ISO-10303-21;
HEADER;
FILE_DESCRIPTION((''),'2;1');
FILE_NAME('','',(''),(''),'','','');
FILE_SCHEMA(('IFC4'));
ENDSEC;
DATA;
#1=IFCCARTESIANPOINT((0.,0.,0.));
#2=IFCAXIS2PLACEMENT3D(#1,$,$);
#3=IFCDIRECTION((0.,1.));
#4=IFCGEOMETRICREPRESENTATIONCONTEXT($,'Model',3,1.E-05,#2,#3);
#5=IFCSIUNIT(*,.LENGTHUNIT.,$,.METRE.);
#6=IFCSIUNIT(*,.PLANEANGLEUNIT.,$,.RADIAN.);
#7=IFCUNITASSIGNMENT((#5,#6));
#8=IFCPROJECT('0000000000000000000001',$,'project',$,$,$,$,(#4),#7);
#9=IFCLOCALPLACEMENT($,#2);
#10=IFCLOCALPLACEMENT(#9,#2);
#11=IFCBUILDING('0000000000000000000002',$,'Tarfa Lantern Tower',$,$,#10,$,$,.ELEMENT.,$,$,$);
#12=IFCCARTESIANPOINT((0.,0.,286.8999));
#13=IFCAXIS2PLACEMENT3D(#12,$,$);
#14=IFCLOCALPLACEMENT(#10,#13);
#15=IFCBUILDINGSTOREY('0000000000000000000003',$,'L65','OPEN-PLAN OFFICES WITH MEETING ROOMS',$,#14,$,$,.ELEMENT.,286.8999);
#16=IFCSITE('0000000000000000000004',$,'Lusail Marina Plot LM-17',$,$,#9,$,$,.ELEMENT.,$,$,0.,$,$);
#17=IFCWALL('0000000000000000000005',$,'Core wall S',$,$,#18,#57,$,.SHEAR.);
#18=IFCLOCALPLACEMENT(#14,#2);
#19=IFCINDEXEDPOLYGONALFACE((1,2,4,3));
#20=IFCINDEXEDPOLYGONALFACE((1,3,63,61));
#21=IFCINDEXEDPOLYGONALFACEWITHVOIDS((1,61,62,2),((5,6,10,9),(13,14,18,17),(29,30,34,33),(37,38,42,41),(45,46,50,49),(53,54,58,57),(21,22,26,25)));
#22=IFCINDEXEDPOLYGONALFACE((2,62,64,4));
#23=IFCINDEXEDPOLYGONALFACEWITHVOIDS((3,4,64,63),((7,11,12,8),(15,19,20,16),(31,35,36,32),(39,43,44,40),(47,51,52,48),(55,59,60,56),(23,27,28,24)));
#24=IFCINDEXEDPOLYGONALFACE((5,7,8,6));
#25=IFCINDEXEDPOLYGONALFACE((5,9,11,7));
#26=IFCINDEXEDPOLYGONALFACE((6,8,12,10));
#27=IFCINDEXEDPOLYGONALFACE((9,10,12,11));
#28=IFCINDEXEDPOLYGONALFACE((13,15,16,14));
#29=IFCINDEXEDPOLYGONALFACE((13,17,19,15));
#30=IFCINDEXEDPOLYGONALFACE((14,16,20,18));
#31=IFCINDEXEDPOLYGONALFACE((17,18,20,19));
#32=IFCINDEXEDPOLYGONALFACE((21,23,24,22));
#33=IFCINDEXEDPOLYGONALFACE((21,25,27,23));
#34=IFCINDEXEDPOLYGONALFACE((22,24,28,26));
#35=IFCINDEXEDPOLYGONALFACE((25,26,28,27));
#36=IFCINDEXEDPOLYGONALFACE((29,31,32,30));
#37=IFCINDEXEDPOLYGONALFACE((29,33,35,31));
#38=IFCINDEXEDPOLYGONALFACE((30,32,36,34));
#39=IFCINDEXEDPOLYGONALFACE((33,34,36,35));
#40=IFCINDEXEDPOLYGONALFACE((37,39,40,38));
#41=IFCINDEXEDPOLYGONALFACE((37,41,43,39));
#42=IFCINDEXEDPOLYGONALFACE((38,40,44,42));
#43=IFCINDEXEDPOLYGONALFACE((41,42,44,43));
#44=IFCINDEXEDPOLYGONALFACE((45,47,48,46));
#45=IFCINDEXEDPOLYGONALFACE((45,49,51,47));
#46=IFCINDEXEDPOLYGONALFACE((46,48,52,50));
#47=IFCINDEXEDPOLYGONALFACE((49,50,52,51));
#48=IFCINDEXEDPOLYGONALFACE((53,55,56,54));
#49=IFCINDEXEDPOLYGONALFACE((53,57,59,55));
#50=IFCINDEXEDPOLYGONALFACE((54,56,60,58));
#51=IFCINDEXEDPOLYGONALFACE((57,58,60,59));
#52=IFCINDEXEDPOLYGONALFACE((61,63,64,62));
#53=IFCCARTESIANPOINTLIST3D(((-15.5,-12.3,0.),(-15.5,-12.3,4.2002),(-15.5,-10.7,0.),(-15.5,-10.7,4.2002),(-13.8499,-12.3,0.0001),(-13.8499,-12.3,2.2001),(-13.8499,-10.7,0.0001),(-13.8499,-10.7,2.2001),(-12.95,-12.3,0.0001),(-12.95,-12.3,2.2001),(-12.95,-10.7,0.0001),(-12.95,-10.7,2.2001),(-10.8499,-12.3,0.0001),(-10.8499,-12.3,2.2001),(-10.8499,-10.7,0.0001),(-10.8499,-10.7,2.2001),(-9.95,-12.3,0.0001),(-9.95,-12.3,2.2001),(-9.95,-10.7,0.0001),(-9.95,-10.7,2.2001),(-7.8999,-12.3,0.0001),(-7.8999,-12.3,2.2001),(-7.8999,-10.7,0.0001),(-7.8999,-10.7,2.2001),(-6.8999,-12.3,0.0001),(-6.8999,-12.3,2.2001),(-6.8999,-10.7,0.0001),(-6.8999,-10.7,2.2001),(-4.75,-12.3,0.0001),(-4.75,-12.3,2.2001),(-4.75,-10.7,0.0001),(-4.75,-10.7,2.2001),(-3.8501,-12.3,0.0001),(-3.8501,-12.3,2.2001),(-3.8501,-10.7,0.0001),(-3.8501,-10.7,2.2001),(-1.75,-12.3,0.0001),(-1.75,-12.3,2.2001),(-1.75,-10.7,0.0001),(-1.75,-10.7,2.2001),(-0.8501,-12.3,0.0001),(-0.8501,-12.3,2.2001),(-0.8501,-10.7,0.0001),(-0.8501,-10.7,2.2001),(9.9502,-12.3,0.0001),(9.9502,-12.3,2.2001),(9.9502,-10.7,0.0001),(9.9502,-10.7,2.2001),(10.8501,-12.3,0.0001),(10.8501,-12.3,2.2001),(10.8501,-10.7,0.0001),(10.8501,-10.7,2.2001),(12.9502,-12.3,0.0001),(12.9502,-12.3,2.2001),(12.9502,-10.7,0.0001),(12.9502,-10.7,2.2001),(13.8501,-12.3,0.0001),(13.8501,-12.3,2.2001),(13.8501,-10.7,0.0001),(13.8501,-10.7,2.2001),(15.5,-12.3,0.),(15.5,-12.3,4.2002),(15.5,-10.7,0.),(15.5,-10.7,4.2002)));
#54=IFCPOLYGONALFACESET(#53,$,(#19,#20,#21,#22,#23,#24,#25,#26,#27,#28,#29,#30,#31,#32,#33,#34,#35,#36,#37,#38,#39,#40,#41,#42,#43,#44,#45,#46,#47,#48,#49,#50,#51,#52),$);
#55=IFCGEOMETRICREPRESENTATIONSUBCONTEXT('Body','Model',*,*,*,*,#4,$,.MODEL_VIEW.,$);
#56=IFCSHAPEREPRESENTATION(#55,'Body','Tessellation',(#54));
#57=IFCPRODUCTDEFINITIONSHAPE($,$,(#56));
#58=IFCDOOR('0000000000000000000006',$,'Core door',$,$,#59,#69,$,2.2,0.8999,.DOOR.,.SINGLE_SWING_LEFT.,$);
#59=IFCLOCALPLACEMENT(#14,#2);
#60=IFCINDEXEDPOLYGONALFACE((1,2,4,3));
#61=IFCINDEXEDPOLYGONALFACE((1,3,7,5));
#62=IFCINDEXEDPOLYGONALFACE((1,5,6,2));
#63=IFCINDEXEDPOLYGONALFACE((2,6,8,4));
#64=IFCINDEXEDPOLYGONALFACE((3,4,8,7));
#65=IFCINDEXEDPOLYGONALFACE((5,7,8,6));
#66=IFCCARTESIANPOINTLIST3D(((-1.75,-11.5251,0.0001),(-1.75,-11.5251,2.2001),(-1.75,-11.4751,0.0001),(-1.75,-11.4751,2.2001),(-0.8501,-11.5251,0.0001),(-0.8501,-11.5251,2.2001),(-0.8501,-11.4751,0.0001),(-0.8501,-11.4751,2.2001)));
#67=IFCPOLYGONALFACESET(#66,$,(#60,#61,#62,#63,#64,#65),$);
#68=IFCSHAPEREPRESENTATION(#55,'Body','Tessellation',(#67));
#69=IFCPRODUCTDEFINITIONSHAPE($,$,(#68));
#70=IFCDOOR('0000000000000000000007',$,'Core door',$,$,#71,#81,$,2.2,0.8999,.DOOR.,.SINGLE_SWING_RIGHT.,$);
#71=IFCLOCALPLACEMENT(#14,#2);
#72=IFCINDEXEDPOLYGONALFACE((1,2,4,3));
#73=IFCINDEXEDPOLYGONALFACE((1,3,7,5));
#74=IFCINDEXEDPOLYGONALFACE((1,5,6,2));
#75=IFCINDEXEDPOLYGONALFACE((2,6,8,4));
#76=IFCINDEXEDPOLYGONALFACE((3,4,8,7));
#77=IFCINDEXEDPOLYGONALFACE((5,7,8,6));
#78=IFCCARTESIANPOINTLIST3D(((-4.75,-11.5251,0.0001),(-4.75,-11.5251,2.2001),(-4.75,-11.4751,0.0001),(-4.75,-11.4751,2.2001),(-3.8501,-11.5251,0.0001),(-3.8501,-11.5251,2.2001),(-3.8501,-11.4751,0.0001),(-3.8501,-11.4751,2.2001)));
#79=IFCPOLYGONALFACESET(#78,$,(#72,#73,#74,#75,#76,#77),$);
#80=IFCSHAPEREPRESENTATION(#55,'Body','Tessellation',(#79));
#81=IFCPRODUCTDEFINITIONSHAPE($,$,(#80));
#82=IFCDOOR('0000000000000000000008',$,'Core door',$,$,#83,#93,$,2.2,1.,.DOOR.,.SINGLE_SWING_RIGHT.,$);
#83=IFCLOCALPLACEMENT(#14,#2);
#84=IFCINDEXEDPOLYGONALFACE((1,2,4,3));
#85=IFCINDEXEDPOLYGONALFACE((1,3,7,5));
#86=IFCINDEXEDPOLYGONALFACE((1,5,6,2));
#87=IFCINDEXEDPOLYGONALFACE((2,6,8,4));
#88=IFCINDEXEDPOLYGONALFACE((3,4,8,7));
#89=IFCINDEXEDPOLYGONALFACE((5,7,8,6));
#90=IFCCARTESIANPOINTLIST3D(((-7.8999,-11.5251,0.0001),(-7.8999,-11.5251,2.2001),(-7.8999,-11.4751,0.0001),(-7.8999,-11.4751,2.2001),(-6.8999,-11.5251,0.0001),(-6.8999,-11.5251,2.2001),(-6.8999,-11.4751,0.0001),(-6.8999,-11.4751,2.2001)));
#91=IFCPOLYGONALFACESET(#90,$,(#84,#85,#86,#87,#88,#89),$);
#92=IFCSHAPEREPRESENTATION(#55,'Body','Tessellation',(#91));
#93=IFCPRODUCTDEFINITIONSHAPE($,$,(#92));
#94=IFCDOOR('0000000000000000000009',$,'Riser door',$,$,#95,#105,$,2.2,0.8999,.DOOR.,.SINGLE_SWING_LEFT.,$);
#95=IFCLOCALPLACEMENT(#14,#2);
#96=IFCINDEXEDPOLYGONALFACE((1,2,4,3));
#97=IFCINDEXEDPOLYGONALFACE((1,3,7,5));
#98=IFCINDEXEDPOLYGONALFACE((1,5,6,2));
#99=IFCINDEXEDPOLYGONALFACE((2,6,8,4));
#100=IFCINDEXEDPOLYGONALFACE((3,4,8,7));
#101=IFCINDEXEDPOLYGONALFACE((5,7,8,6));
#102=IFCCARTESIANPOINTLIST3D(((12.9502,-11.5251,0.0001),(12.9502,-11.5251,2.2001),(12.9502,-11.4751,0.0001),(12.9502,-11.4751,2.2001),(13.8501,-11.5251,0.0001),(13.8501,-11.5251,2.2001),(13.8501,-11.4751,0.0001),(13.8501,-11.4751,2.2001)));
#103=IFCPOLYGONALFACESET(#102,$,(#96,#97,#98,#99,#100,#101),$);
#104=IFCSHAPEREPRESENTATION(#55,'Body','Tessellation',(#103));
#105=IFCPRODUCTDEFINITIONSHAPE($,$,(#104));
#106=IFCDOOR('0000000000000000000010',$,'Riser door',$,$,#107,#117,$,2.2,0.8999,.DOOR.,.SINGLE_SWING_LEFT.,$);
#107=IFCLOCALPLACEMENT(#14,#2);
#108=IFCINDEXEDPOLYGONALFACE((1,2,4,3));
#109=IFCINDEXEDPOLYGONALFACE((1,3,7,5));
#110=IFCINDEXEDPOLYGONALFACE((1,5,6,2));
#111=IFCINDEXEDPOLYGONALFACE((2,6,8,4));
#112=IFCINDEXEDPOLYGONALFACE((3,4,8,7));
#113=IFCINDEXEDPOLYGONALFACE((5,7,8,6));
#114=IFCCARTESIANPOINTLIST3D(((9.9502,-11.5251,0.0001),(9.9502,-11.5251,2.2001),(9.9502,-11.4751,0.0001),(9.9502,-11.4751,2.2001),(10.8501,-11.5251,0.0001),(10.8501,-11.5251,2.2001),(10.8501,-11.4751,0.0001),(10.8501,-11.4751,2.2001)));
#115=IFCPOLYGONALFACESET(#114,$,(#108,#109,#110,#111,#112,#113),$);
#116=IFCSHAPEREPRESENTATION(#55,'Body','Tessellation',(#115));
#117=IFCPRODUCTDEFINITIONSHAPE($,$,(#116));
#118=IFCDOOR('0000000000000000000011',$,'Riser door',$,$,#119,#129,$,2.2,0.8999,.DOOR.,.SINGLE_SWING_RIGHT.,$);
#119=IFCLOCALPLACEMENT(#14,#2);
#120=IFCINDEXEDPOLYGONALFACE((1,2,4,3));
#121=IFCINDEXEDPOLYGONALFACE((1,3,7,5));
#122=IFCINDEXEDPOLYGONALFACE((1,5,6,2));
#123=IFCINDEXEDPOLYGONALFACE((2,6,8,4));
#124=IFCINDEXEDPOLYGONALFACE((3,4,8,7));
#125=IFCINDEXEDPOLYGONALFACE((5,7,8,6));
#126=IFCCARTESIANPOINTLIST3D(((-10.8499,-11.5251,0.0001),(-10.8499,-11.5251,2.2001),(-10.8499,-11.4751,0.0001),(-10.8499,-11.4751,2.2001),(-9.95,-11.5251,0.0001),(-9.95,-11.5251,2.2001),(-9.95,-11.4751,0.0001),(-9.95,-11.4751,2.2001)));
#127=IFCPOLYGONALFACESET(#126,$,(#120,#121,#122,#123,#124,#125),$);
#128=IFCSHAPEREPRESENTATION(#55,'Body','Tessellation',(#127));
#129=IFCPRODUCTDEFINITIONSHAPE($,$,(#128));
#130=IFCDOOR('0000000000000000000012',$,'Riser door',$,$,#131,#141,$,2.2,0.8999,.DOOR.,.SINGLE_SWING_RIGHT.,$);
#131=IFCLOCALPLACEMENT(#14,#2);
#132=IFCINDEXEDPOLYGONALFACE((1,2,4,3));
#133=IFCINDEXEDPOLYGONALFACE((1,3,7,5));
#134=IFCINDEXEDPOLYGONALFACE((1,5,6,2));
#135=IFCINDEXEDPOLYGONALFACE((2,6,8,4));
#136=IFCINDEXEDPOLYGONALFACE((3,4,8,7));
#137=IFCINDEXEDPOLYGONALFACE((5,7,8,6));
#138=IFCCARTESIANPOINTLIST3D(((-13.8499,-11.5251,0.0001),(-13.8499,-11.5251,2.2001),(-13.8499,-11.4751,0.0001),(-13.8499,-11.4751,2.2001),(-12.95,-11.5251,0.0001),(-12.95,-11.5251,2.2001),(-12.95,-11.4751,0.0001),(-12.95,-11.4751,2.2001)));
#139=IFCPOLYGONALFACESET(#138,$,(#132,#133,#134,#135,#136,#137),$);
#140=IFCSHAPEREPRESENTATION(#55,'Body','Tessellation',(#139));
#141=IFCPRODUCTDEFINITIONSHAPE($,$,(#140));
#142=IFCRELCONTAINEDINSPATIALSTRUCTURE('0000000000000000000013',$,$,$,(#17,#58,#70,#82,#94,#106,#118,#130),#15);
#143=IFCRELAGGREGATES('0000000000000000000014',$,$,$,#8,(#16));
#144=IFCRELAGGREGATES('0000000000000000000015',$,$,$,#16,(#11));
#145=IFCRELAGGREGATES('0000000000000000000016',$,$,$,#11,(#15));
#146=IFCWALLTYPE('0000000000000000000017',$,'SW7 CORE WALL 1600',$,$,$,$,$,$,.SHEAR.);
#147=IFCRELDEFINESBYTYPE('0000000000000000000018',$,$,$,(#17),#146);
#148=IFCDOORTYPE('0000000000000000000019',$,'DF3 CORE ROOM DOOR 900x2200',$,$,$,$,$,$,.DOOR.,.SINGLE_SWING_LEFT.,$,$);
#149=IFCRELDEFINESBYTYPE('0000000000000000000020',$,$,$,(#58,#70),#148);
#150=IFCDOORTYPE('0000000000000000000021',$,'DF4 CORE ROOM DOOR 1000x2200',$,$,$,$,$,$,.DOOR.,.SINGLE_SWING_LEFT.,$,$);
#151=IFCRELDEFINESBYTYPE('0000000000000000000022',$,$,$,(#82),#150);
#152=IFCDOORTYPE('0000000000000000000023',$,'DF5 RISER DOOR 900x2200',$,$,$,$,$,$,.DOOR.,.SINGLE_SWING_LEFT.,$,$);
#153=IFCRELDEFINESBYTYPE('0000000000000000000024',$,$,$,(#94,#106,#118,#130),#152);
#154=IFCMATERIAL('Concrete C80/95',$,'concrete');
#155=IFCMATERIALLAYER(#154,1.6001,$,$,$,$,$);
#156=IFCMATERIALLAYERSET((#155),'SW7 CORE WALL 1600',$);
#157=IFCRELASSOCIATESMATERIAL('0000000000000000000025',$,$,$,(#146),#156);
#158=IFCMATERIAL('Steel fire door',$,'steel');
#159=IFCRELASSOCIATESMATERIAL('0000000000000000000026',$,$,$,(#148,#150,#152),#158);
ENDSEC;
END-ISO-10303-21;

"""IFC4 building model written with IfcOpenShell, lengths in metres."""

from ifc_helpers import new_model, si_unit, direction, frame, frame_2d, origin, place, context, subcontext, project, spatial, rectangle, extrude, material, layer, layer_set, type_object, element, fill, save


model = new_model("IFC4")

# Units and contexts
model_context = context("Model", 3, precision=1e-05, world=origin(), true_north=direction((0.0, 1.0)))
body_context = subcontext(model_context, "Body", "Model", "MODEL_VIEW")
ifc_project = project(units=[si_unit("LENGTHUNIT", "METRE"), si_unit("PLANEANGLEUNIT", "RADIAN")], contexts=[model_context])

# Site, building, storey
site_placement = place(None, origin())
site = spatial("IfcSite", under=ifc_project, at=site_placement, Name="Lusail Marina Plot LM-17", CompositionType="ELEMENT", RefElevation=0.0)
building_placement = place(site_placement, origin())
building = spatial("IfcBuilding", under=site, at=building_placement, Name="Tarfa Lantern Tower", CompositionType="ELEMENT")
storey_placement = place(building_placement, frame((0.0, 0.0, 286.8999)))
storey = spatial("IfcBuildingStorey", under=building, at=storey_placement, Name="L65", Description="OPEN-PLAN OFFICES WITH MEETING ROOMS", CompositionType="ELEMENT", Elevation=286.8999)

# Shared definitions
ifc_material_1 = material(Name="Concrete C80/95", Category="concrete")

# Wall, openings, doors
ifc_layer_1 = layer(ifc_material_1, 1.6001)
ifc_layer_set_1 = layer_set([ifc_layer_1], Name="SW7 CORE WALL 1600")
wall_type_1 = type_object("IfcWallType", Name="SW7 CORE WALL 1600", PredefinedType="SHEAR", material=ifc_layer_set_1)
wall_1_placement = place(storey_placement, frame((15.5, -11.5, 0.0), z_axis=(0.0, 0.0, 1.0), x_axis=(-1.0, 0.0, 0.0)))
wall_1 = element("IfcWall", 1, at=wall_1_placement, inside=storey, type_object=wall_type_1, Name="Core wall S", PredefinedType="SHEAR", context=body_context, shape_type="SweptSolid", body=[
    extrude(rectangle(XDim=31.0, YDim=1.6001, at=frame_2d((15.5, 0.0))), origin(), (0.0, 0.0, 1.0), 4.2002),
])
opening_1_placement = place(wall_1_placement, frame((16.3501, 0.0, 0.0)))
opening_1 = element("IfcOpeningElement", 2, at=opening_1_placement, cuts=wall_1, PredefinedType="OPENING", context=body_context, shape_type="SweptSolid", body=[
    extrude(rectangle(XDim=0.8999, YDim=2.2, at=frame_2d((0.45, 1.1001))), frame((0.0, 0.8101, 0.0), z_axis=(0.0, -1.0, 0.0), x_axis=(1.0, 0.0, 0.0)), (0.0, 0.0, 1.0), 1.6201),
])
opening_2_placement = place(wall_1_placement, frame((19.3501, 0.0, 0.0)))
opening_2 = element("IfcOpeningElement", 3, at=opening_2_placement, cuts=wall_1, PredefinedType="OPENING", context=body_context, shape_type="SweptSolid", body=[
    extrude(rectangle(XDim=0.8999, YDim=2.2, at=frame_2d((0.45, 1.1001))), frame((0.0, 0.8101, 0.0), z_axis=(0.0, -1.0, 0.0), x_axis=(1.0, 0.0, 0.0)), (0.0, 0.0, 1.0), 1.6201),
])
opening_3_placement = place(wall_1_placement, frame((22.3999, 0.0, 0.0)))
opening_3 = element("IfcOpeningElement", 4, at=opening_3_placement, cuts=wall_1, PredefinedType="OPENING", context=body_context, shape_type="SweptSolid", body=[
    extrude(rectangle(XDim=1.0, YDim=2.2, at=frame_2d((0.5, 1.1001))), frame((0.0, 0.8101, 0.0), z_axis=(0.0, -1.0, 0.0), x_axis=(1.0, 0.0, 0.0)), (0.0, 0.0, 1.0), 1.6201),
])
opening_4_placement = place(wall_1_placement, frame((1.6499, 0.0, 0.0)))
opening_4 = element("IfcOpeningElement", 5, at=opening_4_placement, cuts=wall_1, PredefinedType="OPENING", context=body_context, shape_type="SweptSolid", body=[
    extrude(rectangle(XDim=0.8999, YDim=2.2, at=frame_2d((0.45, 1.1001))), frame((0.0, 0.8101, 0.0), z_axis=(0.0, -1.0, 0.0), x_axis=(1.0, 0.0, 0.0)), (0.0, 0.0, 1.0), 1.6201),
])
opening_5_placement = place(wall_1_placement, frame((4.6499, 0.0, 0.0)))
opening_5 = element("IfcOpeningElement", 6, at=opening_5_placement, cuts=wall_1, PredefinedType="OPENING", context=body_context, shape_type="SweptSolid", body=[
    extrude(rectangle(XDim=0.8999, YDim=2.2, at=frame_2d((0.45, 1.1001))), frame((0.0, 0.8101, 0.0), z_axis=(0.0, -1.0, 0.0), x_axis=(1.0, 0.0, 0.0)), (0.0, 0.0, 1.0), 1.6201),
])
opening_6_placement = place(wall_1_placement, frame((25.45, 0.0, 0.0)))
opening_6 = element("IfcOpeningElement", 7, at=opening_6_placement, cuts=wall_1, PredefinedType="OPENING", context=body_context, shape_type="SweptSolid", body=[
    extrude(rectangle(XDim=0.8999, YDim=2.2, at=frame_2d((0.45, 1.1001))), frame((0.0, 0.8101, 0.0), z_axis=(0.0, -1.0, 0.0), x_axis=(1.0, 0.0, 0.0)), (0.0, 0.0, 1.0), 1.6201),
])
opening_7_placement = place(wall_1_placement, frame((28.45, 0.0, 0.0)))
opening_7 = element("IfcOpeningElement", 8, at=opening_7_placement, cuts=wall_1, PredefinedType="OPENING", context=body_context, shape_type="SweptSolid", body=[
    extrude(rectangle(XDim=0.8999, YDim=2.2, at=frame_2d((0.45, 1.1001))), frame((0.0, 0.8101, 0.0), z_axis=(0.0, -1.0, 0.0), x_axis=(1.0, 0.0, 0.0)), (0.0, 0.0, 1.0), 1.6201),
])
ifc_material_2 = material(Name="Steel fire door", Category="steel")
door_type_1 = type_object("IfcDoorType", Name="DF3 CORE ROOM DOOR 900x2200", OperationType="SINGLE_SWING_LEFT", PredefinedType="DOOR", material=ifc_material_2)
door_1_placement = place(opening_1_placement, frame((0.8999, 0.0, 0.0), z_axis=(0.0, 0.0, 1.0), x_axis=(-1.0, 0.0, 0.0)))
door_1 = element("IfcDoor", 9, at=door_1_placement, inside=storey, type_object=door_type_1, Name="Core door", OperationType="SINGLE_SWING_LEFT", OverallHeight=2.2, OverallWidth=0.8999, PredefinedType="DOOR", context=body_context, shape_type="SweptSolid", body=[
    extrude(rectangle(XDim=0.8999, YDim=2.2, at=frame_2d((0.45, 1.1001))), frame((0.0, 0.0249, 0.0), z_axis=(0.0, -1.0, 0.0), x_axis=(1.0, 0.0, 0.0)), (0.0, 0.0, 1.0), 0.05),
])
fill(opening_1, door_1)
door_2_placement = place(opening_2_placement, frame((0.8999, 0.0, 0.0), z_axis=(0.0, 0.0, 1.0), x_axis=(-1.0, 0.0, 0.0)))
door_2 = element("IfcDoor", 10, at=door_2_placement, inside=storey, type_object=door_type_1, Name="Core door", OperationType="SINGLE_SWING_RIGHT", OverallHeight=2.2, OverallWidth=0.8999, PredefinedType="DOOR", context=body_context, shape_type="SweptSolid", body=[
    extrude(rectangle(XDim=0.8999, YDim=2.2, at=frame_2d((0.45, 1.1001))), frame((0.0, 0.0249, 0.0), z_axis=(0.0, -1.0, 0.0), x_axis=(1.0, 0.0, 0.0)), (0.0, 0.0, 1.0), 0.05),
])
fill(opening_2, door_2)
door_type_2 = type_object("IfcDoorType", Name="DF4 CORE ROOM DOOR 1000x2200", OperationType="SINGLE_SWING_LEFT", PredefinedType="DOOR", material=ifc_material_2)
door_3_placement = place(opening_3_placement, frame((1.0, 0.0, 0.0), z_axis=(0.0, 0.0, 1.0), x_axis=(-1.0, 0.0, 0.0)))
door_3 = element("IfcDoor", 11, at=door_3_placement, inside=storey, type_object=door_type_2, Name="Core door", OperationType="SINGLE_SWING_RIGHT", OverallHeight=2.2, OverallWidth=1.0, PredefinedType="DOOR", context=body_context, shape_type="SweptSolid", body=[
    extrude(rectangle(XDim=1.0, YDim=2.2, at=frame_2d((0.5, 1.1001))), frame((0.0, 0.0249, 0.0), z_axis=(0.0, -1.0, 0.0), x_axis=(1.0, 0.0, 0.0)), (0.0, 0.0, 1.0), 0.05),
])
fill(opening_3, door_3)
door_type_3 = type_object("IfcDoorType", Name="DF5 RISER DOOR 900x2200", OperationType="SINGLE_SWING_LEFT", PredefinedType="DOOR", material=ifc_material_2)
door_4_placement = place(opening_4_placement, frame((0.8999, 0.0, 0.0), z_axis=(0.0, 0.0, 1.0), x_axis=(-1.0, 0.0, 0.0)))
door_4 = element("IfcDoor", 12, at=door_4_placement, inside=storey, type_object=door_type_3, Name="Riser door", OperationType="SINGLE_SWING_LEFT", OverallHeight=2.2, OverallWidth=0.8999, PredefinedType="DOOR", context=body_context, shape_type="SweptSolid", body=[
    extrude(rectangle(XDim=0.8999, YDim=2.2, at=frame_2d((0.45, 1.1001))), frame((0.0, 0.0249, 0.0), z_axis=(0.0, -1.0, 0.0), x_axis=(1.0, 0.0, 0.0)), (0.0, 0.0, 1.0), 0.05),
])
fill(opening_4, door_4)
door_5_placement = place(opening_5_placement, frame((0.8999, 0.0, 0.0), z_axis=(0.0, 0.0, 1.0), x_axis=(-1.0, 0.0, 0.0)))
door_5 = element("IfcDoor", 13, at=door_5_placement, inside=storey, type_object=door_type_3, Name="Riser door", OperationType="SINGLE_SWING_LEFT", OverallHeight=2.2, OverallWidth=0.8999, PredefinedType="DOOR", context=body_context, shape_type="SweptSolid", body=[
    extrude(rectangle(XDim=0.8999, YDim=2.2, at=frame_2d((0.45, 1.1001))), frame((0.0, 0.0249, 0.0), z_axis=(0.0, -1.0, 0.0), x_axis=(1.0, 0.0, 0.0)), (0.0, 0.0, 1.0), 0.05),
])
fill(opening_5, door_5)
door_6_placement = place(opening_6_placement, frame((0.8999, 0.0, 0.0), z_axis=(0.0, 0.0, 1.0), x_axis=(-1.0, 0.0, 0.0)))
door_6 = element("IfcDoor", 14, at=door_6_placement, inside=storey, type_object=door_type_3, Name="Riser door", OperationType="SINGLE_SWING_RIGHT", OverallHeight=2.2, OverallWidth=0.8999, PredefinedType="DOOR", context=body_context, shape_type="SweptSolid", body=[
    extrude(rectangle(XDim=0.8999, YDim=2.2, at=frame_2d((0.45, 1.1001))), frame((0.0, 0.0249, 0.0), z_axis=(0.0, -1.0, 0.0), x_axis=(1.0, 0.0, 0.0)), (0.0, 0.0, 1.0), 0.05),
])
fill(opening_6, door_6)
door_7_placement = place(opening_7_placement, frame((0.8999, 0.0, 0.0), z_axis=(0.0, 0.0, 1.0), x_axis=(-1.0, 0.0, 0.0)))
door_7 = element("IfcDoor", 15, at=door_7_placement, inside=storey, type_object=door_type_3, Name="Riser door", OperationType="SINGLE_SWING_RIGHT", OverallHeight=2.2, OverallWidth=0.8999, PredefinedType="DOOR", context=body_context, shape_type="SweptSolid", body=[
    extrude(rectangle(XDim=0.8999, YDim=2.2, at=frame_2d((0.45, 1.1001))), frame((0.0, 0.0249, 0.0), z_axis=(0.0, -1.0, 0.0), x_axis=(1.0, 0.0, 0.0)), (0.0, 0.0, 1.0), 0.05),
])
fill(opening_7, door_7)

save(model, "model.ifc")
